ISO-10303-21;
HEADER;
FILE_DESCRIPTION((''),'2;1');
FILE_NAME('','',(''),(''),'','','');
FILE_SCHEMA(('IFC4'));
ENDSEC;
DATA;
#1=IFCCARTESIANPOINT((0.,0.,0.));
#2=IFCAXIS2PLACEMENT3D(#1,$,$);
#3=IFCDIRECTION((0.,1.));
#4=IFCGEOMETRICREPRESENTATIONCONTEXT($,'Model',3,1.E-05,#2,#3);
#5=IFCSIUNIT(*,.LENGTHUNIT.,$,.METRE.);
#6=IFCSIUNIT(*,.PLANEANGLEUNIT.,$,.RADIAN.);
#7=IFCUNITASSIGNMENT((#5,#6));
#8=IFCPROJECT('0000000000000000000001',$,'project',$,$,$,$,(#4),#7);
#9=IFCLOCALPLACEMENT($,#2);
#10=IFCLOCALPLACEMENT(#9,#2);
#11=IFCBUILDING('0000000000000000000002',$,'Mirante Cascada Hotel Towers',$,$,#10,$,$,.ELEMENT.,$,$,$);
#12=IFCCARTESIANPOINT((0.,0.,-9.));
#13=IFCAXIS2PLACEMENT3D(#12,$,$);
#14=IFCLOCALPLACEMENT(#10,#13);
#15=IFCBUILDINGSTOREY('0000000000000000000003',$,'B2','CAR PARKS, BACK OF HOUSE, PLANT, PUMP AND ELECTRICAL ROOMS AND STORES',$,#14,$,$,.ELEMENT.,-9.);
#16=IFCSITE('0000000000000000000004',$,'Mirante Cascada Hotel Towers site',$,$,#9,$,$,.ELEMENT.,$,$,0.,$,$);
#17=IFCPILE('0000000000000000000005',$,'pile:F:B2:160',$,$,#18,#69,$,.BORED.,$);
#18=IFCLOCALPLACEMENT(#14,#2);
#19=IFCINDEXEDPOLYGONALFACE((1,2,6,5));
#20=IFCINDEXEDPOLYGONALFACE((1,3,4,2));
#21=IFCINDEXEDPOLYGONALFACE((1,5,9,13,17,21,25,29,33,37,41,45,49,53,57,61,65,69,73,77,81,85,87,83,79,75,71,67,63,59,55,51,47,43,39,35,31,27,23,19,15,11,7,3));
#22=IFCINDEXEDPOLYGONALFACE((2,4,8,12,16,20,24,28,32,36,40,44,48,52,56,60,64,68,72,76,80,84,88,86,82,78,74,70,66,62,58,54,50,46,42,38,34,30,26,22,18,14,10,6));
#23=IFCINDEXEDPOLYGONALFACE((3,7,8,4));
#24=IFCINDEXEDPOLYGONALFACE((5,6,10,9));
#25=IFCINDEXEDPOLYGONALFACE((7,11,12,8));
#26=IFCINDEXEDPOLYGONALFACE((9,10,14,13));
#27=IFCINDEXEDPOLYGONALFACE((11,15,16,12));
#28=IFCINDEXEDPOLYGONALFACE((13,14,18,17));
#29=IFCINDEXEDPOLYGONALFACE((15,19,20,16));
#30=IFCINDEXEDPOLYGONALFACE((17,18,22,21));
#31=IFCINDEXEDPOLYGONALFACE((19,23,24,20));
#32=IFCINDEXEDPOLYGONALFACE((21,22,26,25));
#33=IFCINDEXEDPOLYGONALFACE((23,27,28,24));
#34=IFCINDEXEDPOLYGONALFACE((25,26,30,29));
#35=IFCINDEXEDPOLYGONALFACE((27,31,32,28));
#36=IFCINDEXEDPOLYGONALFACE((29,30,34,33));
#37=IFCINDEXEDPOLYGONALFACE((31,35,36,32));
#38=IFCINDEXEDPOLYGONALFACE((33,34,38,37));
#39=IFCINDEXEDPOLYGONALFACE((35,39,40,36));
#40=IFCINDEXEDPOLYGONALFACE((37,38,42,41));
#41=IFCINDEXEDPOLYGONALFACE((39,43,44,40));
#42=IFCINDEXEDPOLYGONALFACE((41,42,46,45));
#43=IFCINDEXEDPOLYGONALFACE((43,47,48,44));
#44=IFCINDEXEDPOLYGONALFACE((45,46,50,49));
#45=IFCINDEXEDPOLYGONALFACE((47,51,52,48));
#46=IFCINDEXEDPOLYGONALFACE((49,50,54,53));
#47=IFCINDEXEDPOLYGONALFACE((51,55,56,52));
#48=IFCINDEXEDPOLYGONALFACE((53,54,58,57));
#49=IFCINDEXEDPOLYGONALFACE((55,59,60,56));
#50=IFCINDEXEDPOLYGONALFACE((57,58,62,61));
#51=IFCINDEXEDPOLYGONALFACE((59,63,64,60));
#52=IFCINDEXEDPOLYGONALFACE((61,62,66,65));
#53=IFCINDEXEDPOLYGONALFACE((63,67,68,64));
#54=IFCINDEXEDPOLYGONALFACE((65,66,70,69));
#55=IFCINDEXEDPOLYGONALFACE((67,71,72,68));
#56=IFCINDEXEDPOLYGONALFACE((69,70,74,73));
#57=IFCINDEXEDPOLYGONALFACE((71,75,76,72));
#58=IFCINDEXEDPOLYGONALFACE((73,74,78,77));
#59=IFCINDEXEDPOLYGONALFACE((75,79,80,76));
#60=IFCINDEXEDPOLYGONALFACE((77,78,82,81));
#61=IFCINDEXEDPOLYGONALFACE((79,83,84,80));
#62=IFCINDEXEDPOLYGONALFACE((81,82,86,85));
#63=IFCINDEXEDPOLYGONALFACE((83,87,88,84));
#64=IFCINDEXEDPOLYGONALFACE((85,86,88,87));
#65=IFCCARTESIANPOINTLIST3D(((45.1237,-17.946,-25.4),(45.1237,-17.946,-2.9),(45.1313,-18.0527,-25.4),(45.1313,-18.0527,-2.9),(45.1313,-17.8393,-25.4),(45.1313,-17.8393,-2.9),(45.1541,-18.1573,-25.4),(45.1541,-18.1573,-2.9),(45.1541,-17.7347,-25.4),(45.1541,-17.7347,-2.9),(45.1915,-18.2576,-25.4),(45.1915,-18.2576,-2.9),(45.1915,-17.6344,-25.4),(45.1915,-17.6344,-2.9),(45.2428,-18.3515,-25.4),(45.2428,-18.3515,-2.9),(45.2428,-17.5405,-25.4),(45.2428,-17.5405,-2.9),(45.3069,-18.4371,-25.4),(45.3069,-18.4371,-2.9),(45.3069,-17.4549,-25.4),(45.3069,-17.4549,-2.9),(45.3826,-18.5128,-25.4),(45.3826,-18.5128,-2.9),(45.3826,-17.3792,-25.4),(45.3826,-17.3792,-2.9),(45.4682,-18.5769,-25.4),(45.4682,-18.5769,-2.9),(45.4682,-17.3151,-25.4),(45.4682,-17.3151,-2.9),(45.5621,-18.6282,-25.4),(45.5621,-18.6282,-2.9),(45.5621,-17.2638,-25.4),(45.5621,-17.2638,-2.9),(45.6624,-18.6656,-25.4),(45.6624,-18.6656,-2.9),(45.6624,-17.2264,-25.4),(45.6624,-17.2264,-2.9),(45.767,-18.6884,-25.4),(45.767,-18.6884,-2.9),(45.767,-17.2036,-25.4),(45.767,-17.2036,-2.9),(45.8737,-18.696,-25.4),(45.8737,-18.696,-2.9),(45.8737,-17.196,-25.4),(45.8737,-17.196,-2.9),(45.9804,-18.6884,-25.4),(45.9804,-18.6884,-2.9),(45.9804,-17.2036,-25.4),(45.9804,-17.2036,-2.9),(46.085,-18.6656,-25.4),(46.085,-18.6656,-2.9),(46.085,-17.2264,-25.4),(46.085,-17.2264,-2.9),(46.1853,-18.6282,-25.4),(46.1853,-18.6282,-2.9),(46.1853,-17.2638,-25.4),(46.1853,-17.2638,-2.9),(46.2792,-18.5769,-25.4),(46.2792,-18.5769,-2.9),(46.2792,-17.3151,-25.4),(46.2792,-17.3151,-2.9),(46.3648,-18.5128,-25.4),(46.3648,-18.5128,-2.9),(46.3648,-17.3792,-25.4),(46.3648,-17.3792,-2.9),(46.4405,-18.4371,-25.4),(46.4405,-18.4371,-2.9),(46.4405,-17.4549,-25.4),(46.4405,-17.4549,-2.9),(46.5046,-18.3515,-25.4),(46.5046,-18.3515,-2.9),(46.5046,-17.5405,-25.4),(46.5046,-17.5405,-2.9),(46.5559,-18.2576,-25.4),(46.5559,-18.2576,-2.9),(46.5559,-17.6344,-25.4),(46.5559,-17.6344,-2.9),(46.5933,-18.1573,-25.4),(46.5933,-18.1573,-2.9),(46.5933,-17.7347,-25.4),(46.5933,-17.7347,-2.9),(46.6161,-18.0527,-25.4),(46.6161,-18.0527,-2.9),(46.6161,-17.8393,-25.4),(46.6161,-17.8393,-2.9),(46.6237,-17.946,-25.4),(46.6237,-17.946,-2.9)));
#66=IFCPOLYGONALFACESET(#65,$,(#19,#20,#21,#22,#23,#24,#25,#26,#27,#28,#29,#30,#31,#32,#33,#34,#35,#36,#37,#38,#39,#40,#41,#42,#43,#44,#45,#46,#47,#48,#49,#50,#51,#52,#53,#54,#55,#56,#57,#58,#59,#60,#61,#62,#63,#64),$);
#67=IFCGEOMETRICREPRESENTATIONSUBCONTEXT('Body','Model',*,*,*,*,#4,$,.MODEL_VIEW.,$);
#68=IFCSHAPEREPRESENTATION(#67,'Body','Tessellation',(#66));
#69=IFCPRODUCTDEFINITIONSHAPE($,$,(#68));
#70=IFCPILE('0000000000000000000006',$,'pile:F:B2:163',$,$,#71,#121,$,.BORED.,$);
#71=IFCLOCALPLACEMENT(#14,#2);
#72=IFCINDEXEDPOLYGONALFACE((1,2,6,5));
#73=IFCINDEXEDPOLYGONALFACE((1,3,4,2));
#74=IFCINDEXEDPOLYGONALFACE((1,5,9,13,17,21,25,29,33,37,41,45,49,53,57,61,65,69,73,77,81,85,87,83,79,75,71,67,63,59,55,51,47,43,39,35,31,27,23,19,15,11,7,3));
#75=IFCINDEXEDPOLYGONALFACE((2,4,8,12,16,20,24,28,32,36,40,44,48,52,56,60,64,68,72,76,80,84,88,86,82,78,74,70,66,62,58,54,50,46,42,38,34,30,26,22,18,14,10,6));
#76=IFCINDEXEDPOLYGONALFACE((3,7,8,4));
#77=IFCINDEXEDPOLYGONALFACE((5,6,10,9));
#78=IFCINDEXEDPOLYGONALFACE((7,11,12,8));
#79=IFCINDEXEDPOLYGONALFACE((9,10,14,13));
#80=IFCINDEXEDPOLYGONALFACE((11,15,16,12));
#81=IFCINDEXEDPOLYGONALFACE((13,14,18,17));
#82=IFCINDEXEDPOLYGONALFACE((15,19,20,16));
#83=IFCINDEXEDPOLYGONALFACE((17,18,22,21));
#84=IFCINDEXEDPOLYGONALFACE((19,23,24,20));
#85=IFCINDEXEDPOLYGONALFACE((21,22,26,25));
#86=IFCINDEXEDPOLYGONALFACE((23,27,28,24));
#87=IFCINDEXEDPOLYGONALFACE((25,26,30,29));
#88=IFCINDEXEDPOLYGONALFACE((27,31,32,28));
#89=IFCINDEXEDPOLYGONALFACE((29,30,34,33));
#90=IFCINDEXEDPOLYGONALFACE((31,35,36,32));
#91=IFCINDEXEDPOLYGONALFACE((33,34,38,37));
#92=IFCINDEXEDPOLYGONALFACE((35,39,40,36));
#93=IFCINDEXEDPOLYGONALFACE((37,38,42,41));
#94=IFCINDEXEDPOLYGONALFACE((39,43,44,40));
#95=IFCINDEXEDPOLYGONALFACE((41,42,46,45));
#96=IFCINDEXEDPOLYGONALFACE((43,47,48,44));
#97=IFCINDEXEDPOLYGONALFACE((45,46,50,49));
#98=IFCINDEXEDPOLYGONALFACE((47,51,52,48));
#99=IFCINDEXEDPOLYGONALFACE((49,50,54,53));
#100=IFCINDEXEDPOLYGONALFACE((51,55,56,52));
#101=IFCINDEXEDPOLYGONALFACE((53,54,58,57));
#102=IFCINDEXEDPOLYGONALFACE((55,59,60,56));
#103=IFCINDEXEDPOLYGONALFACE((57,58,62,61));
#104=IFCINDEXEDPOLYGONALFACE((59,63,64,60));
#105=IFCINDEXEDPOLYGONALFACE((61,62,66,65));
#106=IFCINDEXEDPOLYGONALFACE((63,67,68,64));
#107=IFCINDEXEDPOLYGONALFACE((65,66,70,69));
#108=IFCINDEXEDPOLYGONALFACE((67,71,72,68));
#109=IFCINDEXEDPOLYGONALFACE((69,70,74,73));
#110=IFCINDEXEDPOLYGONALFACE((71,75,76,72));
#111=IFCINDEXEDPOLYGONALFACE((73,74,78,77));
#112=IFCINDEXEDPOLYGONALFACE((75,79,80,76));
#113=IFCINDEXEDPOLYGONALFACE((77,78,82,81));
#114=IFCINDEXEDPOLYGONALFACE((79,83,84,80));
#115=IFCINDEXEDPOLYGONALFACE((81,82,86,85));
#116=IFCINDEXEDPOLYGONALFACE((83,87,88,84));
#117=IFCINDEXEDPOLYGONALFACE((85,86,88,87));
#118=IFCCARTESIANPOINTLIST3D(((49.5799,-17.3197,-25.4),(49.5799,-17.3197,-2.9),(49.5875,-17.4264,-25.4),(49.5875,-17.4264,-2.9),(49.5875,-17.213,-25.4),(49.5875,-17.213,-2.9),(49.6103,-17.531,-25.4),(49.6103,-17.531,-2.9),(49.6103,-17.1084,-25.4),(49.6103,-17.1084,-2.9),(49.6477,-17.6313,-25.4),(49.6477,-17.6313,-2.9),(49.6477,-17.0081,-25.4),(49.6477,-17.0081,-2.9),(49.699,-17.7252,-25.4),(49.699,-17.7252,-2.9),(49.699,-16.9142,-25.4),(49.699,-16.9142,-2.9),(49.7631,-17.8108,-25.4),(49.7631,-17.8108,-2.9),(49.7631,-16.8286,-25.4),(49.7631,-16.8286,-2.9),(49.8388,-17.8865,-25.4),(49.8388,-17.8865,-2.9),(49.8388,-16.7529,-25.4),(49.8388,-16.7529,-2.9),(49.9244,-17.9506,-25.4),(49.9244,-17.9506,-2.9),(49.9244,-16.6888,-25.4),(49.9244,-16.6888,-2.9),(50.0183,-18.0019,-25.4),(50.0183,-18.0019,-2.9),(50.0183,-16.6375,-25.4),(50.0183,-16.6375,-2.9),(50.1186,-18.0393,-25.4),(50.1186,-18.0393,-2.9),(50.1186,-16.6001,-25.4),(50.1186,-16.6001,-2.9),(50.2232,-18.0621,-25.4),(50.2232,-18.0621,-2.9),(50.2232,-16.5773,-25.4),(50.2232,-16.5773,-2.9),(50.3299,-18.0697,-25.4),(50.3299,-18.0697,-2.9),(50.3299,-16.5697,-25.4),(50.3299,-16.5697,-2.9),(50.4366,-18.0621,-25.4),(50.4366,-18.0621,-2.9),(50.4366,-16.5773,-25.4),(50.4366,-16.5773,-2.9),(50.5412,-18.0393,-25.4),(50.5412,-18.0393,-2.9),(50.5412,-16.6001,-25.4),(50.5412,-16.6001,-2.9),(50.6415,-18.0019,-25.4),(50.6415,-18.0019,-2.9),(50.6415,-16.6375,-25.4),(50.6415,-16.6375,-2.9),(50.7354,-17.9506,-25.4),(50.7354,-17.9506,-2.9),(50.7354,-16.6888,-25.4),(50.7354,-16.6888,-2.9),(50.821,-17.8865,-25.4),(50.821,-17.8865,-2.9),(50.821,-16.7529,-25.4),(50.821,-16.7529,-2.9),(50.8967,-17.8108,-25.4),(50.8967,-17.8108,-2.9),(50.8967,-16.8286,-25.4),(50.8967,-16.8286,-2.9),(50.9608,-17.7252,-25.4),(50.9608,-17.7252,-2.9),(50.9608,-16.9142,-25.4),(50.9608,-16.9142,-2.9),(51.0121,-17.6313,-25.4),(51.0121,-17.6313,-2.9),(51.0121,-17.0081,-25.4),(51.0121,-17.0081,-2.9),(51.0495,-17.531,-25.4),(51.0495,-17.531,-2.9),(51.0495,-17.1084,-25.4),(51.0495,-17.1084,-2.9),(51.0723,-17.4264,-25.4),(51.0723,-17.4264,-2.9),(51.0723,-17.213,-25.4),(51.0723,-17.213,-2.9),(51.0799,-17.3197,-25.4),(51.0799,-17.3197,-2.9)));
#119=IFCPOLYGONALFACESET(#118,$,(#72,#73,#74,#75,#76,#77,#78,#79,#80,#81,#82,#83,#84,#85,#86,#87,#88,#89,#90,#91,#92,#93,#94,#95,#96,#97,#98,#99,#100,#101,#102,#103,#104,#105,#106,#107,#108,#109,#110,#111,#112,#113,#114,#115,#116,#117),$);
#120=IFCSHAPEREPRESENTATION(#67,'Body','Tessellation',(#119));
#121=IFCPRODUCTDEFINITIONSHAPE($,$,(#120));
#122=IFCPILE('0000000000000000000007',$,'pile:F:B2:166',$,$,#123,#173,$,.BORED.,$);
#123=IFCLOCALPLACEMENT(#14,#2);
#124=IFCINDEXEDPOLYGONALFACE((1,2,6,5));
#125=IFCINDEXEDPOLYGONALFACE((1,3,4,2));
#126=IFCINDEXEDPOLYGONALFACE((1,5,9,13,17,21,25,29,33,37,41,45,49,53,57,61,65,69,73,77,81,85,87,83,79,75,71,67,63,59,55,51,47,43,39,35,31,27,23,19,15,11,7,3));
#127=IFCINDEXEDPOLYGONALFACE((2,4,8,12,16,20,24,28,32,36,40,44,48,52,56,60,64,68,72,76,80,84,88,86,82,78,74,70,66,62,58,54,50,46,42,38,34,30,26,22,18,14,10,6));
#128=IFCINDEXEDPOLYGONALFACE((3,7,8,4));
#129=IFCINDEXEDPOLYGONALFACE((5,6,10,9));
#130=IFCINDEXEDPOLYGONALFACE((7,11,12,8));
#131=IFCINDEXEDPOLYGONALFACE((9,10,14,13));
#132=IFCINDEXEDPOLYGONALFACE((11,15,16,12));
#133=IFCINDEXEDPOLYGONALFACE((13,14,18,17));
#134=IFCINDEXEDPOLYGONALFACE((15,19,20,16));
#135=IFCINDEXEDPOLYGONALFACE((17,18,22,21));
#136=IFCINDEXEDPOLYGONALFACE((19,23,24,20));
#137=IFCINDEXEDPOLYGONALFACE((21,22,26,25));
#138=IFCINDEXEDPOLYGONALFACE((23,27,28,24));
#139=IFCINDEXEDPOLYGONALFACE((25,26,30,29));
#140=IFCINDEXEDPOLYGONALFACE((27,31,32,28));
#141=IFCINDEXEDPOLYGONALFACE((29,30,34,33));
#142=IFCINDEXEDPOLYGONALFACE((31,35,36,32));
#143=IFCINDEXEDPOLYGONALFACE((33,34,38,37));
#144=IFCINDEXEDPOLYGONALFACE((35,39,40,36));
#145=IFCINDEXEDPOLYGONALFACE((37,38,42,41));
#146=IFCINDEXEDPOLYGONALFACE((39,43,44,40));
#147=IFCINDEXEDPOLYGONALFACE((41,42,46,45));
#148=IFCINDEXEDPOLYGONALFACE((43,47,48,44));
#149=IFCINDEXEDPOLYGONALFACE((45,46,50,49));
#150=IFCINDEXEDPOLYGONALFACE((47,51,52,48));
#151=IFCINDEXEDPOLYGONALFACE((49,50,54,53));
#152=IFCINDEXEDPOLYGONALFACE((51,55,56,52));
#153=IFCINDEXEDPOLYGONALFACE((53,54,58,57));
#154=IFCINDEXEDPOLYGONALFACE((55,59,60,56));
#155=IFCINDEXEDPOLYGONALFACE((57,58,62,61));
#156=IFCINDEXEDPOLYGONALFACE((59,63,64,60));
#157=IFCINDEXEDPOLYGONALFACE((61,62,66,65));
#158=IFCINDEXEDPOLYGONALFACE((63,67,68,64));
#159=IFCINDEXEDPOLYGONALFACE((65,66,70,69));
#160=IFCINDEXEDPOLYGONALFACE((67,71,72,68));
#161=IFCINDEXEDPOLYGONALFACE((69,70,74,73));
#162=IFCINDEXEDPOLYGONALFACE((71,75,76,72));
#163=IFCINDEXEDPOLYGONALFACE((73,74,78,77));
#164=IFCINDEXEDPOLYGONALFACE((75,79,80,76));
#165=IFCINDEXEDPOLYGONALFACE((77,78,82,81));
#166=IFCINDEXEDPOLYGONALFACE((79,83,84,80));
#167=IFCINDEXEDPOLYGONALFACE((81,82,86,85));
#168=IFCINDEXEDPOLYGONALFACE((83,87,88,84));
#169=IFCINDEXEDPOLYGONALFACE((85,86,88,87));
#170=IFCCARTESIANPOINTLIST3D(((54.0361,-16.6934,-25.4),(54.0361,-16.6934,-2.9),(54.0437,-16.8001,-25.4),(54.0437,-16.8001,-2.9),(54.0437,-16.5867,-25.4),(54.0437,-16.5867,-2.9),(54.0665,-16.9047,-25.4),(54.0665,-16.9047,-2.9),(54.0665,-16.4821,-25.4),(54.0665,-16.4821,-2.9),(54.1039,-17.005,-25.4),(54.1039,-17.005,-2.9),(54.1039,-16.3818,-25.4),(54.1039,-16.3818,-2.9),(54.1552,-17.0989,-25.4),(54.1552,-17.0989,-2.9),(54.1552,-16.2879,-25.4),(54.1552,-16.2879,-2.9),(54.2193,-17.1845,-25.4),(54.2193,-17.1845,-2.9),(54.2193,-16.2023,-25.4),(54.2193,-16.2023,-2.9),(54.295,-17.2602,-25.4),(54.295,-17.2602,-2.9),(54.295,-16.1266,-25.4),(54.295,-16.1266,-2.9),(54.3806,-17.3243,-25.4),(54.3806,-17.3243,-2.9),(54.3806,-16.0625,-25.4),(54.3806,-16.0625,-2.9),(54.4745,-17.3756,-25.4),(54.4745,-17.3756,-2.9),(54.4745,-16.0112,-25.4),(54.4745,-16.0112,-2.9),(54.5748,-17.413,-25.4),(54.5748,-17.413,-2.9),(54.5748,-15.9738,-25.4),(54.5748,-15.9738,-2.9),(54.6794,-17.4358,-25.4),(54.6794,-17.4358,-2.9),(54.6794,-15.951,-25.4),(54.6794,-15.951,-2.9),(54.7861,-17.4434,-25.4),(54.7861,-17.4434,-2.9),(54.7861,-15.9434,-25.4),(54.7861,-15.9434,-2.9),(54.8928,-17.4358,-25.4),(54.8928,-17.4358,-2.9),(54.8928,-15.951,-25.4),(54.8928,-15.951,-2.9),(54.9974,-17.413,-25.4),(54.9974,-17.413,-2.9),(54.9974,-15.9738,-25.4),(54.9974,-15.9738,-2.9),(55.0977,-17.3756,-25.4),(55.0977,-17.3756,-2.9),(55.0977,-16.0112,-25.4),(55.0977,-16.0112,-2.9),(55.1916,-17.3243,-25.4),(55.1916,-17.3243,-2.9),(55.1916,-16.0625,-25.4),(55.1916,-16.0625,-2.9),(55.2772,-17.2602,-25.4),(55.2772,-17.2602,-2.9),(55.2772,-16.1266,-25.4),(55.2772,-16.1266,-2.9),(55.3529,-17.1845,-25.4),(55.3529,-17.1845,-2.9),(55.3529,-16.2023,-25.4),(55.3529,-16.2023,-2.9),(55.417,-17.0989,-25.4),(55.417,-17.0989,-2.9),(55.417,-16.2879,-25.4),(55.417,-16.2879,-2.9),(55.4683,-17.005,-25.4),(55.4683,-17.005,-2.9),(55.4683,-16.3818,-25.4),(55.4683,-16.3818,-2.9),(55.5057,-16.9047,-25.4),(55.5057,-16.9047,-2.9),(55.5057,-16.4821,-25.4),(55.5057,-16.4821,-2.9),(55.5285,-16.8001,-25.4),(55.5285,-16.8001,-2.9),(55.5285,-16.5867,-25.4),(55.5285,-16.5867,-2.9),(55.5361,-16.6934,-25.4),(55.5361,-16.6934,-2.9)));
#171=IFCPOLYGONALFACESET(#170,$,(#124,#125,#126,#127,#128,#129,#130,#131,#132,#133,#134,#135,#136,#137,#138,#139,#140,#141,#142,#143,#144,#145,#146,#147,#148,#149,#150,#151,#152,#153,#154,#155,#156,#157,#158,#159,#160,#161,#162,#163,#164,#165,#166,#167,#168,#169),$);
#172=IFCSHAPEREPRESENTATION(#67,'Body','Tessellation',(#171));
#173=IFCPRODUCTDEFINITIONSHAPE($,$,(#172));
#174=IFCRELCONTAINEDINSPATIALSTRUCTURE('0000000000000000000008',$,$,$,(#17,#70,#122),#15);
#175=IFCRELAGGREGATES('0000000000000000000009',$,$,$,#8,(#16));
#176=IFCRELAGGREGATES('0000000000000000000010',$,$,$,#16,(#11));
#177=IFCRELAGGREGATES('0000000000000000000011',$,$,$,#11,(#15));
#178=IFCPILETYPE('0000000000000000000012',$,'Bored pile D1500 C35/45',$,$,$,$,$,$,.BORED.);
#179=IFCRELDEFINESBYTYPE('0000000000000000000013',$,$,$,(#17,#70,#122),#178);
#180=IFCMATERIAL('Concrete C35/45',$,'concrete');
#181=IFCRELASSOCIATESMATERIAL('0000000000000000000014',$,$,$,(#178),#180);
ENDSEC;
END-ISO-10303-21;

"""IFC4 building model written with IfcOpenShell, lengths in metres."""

from ifc_helpers import new_model, si_unit, direction, frame, origin, origin_2d, place, context, subcontext, project, spatial, circle, extrude, material, material_profile, profile_set, type_object, element, save


model = new_model("IFC4")

# Units and contexts
model_context = context("Model", 3, precision=1e-05, world=origin(), true_north=direction((0.0, 1.0)))
body_context = subcontext(model_context, "Body", "Model", "MODEL_VIEW")
ifc_project = project(units=[si_unit("LENGTHUNIT", "METRE"), si_unit("PLANEANGLEUNIT", "RADIAN")], contexts=[model_context])

# Site, building, storey
site_placement = place(None, origin())
site = spatial("IfcSite", under=ifc_project, at=site_placement, Name="Mirante Cascada Hotel Towers site", CompositionType="ELEMENT", RefElevation=0.0)
building_placement = place(site_placement, origin())
building = spatial("IfcBuilding", under=site, at=building_placement, Name="Mirante Cascada Hotel Towers", CompositionType="ELEMENT")
storey_placement = place(building_placement, frame((0.0, 0.0, -9.0)))
storey = spatial("IfcBuildingStorey", under=building, at=storey_placement, Name="B2", Description="CAR PARKS, BACK OF HOUSE, PLANT, PUMP AND ELECTRICAL ROOMS AND STORES", CompositionType="ELEMENT", Elevation=-9.0)

# Piles
ifc_material_1 = material(Name="Concrete C35/45", Category="concrete")
ifc_material_profile_1 = material_profile(ifc_material_1, circle(Radius=0.75, at=origin_2d()), Name="RC D1500")
ifc_profile_set_1 = profile_set([ifc_material_profile_1], Name="Concrete C35/45")
pile_type = type_object("IfcPileType", Name="Bored pile D1500 C35/45", PredefinedType="BORED", material=ifc_profile_set_1)
for number, where, z_axis, x_axis, name in (
    (1, (45.8737, -17.946, -2.9), (0.0, 0.0, -1.0), (1.0, 0.0, 0.0), "pile:F:B2:160"),
    (2, (50.3299, -17.3197, -2.9), (0.0, 0.0, -1.0), (1.0, 0.0, 0.0), "pile:F:B2:163"),
    (3, (54.7861, -16.6934, -2.9), (0.0, 0.0, -1.0), (1.0, 0.0, 0.0), "pile:F:B2:166"),
):
    element("IfcPile", number, at=place(storey_placement, frame(where, z_axis=z_axis, x_axis=x_axis)), inside=storey, type_object=pile_type, Name=name, PredefinedType="BORED", context=body_context, shape_type="SweptSolid", body=[
        extrude(circle(Radius=0.75, at=origin_2d()), origin(), (0.0, 0.0, 1.0), 22.5),
    ])

save(model, "model.ifc")
